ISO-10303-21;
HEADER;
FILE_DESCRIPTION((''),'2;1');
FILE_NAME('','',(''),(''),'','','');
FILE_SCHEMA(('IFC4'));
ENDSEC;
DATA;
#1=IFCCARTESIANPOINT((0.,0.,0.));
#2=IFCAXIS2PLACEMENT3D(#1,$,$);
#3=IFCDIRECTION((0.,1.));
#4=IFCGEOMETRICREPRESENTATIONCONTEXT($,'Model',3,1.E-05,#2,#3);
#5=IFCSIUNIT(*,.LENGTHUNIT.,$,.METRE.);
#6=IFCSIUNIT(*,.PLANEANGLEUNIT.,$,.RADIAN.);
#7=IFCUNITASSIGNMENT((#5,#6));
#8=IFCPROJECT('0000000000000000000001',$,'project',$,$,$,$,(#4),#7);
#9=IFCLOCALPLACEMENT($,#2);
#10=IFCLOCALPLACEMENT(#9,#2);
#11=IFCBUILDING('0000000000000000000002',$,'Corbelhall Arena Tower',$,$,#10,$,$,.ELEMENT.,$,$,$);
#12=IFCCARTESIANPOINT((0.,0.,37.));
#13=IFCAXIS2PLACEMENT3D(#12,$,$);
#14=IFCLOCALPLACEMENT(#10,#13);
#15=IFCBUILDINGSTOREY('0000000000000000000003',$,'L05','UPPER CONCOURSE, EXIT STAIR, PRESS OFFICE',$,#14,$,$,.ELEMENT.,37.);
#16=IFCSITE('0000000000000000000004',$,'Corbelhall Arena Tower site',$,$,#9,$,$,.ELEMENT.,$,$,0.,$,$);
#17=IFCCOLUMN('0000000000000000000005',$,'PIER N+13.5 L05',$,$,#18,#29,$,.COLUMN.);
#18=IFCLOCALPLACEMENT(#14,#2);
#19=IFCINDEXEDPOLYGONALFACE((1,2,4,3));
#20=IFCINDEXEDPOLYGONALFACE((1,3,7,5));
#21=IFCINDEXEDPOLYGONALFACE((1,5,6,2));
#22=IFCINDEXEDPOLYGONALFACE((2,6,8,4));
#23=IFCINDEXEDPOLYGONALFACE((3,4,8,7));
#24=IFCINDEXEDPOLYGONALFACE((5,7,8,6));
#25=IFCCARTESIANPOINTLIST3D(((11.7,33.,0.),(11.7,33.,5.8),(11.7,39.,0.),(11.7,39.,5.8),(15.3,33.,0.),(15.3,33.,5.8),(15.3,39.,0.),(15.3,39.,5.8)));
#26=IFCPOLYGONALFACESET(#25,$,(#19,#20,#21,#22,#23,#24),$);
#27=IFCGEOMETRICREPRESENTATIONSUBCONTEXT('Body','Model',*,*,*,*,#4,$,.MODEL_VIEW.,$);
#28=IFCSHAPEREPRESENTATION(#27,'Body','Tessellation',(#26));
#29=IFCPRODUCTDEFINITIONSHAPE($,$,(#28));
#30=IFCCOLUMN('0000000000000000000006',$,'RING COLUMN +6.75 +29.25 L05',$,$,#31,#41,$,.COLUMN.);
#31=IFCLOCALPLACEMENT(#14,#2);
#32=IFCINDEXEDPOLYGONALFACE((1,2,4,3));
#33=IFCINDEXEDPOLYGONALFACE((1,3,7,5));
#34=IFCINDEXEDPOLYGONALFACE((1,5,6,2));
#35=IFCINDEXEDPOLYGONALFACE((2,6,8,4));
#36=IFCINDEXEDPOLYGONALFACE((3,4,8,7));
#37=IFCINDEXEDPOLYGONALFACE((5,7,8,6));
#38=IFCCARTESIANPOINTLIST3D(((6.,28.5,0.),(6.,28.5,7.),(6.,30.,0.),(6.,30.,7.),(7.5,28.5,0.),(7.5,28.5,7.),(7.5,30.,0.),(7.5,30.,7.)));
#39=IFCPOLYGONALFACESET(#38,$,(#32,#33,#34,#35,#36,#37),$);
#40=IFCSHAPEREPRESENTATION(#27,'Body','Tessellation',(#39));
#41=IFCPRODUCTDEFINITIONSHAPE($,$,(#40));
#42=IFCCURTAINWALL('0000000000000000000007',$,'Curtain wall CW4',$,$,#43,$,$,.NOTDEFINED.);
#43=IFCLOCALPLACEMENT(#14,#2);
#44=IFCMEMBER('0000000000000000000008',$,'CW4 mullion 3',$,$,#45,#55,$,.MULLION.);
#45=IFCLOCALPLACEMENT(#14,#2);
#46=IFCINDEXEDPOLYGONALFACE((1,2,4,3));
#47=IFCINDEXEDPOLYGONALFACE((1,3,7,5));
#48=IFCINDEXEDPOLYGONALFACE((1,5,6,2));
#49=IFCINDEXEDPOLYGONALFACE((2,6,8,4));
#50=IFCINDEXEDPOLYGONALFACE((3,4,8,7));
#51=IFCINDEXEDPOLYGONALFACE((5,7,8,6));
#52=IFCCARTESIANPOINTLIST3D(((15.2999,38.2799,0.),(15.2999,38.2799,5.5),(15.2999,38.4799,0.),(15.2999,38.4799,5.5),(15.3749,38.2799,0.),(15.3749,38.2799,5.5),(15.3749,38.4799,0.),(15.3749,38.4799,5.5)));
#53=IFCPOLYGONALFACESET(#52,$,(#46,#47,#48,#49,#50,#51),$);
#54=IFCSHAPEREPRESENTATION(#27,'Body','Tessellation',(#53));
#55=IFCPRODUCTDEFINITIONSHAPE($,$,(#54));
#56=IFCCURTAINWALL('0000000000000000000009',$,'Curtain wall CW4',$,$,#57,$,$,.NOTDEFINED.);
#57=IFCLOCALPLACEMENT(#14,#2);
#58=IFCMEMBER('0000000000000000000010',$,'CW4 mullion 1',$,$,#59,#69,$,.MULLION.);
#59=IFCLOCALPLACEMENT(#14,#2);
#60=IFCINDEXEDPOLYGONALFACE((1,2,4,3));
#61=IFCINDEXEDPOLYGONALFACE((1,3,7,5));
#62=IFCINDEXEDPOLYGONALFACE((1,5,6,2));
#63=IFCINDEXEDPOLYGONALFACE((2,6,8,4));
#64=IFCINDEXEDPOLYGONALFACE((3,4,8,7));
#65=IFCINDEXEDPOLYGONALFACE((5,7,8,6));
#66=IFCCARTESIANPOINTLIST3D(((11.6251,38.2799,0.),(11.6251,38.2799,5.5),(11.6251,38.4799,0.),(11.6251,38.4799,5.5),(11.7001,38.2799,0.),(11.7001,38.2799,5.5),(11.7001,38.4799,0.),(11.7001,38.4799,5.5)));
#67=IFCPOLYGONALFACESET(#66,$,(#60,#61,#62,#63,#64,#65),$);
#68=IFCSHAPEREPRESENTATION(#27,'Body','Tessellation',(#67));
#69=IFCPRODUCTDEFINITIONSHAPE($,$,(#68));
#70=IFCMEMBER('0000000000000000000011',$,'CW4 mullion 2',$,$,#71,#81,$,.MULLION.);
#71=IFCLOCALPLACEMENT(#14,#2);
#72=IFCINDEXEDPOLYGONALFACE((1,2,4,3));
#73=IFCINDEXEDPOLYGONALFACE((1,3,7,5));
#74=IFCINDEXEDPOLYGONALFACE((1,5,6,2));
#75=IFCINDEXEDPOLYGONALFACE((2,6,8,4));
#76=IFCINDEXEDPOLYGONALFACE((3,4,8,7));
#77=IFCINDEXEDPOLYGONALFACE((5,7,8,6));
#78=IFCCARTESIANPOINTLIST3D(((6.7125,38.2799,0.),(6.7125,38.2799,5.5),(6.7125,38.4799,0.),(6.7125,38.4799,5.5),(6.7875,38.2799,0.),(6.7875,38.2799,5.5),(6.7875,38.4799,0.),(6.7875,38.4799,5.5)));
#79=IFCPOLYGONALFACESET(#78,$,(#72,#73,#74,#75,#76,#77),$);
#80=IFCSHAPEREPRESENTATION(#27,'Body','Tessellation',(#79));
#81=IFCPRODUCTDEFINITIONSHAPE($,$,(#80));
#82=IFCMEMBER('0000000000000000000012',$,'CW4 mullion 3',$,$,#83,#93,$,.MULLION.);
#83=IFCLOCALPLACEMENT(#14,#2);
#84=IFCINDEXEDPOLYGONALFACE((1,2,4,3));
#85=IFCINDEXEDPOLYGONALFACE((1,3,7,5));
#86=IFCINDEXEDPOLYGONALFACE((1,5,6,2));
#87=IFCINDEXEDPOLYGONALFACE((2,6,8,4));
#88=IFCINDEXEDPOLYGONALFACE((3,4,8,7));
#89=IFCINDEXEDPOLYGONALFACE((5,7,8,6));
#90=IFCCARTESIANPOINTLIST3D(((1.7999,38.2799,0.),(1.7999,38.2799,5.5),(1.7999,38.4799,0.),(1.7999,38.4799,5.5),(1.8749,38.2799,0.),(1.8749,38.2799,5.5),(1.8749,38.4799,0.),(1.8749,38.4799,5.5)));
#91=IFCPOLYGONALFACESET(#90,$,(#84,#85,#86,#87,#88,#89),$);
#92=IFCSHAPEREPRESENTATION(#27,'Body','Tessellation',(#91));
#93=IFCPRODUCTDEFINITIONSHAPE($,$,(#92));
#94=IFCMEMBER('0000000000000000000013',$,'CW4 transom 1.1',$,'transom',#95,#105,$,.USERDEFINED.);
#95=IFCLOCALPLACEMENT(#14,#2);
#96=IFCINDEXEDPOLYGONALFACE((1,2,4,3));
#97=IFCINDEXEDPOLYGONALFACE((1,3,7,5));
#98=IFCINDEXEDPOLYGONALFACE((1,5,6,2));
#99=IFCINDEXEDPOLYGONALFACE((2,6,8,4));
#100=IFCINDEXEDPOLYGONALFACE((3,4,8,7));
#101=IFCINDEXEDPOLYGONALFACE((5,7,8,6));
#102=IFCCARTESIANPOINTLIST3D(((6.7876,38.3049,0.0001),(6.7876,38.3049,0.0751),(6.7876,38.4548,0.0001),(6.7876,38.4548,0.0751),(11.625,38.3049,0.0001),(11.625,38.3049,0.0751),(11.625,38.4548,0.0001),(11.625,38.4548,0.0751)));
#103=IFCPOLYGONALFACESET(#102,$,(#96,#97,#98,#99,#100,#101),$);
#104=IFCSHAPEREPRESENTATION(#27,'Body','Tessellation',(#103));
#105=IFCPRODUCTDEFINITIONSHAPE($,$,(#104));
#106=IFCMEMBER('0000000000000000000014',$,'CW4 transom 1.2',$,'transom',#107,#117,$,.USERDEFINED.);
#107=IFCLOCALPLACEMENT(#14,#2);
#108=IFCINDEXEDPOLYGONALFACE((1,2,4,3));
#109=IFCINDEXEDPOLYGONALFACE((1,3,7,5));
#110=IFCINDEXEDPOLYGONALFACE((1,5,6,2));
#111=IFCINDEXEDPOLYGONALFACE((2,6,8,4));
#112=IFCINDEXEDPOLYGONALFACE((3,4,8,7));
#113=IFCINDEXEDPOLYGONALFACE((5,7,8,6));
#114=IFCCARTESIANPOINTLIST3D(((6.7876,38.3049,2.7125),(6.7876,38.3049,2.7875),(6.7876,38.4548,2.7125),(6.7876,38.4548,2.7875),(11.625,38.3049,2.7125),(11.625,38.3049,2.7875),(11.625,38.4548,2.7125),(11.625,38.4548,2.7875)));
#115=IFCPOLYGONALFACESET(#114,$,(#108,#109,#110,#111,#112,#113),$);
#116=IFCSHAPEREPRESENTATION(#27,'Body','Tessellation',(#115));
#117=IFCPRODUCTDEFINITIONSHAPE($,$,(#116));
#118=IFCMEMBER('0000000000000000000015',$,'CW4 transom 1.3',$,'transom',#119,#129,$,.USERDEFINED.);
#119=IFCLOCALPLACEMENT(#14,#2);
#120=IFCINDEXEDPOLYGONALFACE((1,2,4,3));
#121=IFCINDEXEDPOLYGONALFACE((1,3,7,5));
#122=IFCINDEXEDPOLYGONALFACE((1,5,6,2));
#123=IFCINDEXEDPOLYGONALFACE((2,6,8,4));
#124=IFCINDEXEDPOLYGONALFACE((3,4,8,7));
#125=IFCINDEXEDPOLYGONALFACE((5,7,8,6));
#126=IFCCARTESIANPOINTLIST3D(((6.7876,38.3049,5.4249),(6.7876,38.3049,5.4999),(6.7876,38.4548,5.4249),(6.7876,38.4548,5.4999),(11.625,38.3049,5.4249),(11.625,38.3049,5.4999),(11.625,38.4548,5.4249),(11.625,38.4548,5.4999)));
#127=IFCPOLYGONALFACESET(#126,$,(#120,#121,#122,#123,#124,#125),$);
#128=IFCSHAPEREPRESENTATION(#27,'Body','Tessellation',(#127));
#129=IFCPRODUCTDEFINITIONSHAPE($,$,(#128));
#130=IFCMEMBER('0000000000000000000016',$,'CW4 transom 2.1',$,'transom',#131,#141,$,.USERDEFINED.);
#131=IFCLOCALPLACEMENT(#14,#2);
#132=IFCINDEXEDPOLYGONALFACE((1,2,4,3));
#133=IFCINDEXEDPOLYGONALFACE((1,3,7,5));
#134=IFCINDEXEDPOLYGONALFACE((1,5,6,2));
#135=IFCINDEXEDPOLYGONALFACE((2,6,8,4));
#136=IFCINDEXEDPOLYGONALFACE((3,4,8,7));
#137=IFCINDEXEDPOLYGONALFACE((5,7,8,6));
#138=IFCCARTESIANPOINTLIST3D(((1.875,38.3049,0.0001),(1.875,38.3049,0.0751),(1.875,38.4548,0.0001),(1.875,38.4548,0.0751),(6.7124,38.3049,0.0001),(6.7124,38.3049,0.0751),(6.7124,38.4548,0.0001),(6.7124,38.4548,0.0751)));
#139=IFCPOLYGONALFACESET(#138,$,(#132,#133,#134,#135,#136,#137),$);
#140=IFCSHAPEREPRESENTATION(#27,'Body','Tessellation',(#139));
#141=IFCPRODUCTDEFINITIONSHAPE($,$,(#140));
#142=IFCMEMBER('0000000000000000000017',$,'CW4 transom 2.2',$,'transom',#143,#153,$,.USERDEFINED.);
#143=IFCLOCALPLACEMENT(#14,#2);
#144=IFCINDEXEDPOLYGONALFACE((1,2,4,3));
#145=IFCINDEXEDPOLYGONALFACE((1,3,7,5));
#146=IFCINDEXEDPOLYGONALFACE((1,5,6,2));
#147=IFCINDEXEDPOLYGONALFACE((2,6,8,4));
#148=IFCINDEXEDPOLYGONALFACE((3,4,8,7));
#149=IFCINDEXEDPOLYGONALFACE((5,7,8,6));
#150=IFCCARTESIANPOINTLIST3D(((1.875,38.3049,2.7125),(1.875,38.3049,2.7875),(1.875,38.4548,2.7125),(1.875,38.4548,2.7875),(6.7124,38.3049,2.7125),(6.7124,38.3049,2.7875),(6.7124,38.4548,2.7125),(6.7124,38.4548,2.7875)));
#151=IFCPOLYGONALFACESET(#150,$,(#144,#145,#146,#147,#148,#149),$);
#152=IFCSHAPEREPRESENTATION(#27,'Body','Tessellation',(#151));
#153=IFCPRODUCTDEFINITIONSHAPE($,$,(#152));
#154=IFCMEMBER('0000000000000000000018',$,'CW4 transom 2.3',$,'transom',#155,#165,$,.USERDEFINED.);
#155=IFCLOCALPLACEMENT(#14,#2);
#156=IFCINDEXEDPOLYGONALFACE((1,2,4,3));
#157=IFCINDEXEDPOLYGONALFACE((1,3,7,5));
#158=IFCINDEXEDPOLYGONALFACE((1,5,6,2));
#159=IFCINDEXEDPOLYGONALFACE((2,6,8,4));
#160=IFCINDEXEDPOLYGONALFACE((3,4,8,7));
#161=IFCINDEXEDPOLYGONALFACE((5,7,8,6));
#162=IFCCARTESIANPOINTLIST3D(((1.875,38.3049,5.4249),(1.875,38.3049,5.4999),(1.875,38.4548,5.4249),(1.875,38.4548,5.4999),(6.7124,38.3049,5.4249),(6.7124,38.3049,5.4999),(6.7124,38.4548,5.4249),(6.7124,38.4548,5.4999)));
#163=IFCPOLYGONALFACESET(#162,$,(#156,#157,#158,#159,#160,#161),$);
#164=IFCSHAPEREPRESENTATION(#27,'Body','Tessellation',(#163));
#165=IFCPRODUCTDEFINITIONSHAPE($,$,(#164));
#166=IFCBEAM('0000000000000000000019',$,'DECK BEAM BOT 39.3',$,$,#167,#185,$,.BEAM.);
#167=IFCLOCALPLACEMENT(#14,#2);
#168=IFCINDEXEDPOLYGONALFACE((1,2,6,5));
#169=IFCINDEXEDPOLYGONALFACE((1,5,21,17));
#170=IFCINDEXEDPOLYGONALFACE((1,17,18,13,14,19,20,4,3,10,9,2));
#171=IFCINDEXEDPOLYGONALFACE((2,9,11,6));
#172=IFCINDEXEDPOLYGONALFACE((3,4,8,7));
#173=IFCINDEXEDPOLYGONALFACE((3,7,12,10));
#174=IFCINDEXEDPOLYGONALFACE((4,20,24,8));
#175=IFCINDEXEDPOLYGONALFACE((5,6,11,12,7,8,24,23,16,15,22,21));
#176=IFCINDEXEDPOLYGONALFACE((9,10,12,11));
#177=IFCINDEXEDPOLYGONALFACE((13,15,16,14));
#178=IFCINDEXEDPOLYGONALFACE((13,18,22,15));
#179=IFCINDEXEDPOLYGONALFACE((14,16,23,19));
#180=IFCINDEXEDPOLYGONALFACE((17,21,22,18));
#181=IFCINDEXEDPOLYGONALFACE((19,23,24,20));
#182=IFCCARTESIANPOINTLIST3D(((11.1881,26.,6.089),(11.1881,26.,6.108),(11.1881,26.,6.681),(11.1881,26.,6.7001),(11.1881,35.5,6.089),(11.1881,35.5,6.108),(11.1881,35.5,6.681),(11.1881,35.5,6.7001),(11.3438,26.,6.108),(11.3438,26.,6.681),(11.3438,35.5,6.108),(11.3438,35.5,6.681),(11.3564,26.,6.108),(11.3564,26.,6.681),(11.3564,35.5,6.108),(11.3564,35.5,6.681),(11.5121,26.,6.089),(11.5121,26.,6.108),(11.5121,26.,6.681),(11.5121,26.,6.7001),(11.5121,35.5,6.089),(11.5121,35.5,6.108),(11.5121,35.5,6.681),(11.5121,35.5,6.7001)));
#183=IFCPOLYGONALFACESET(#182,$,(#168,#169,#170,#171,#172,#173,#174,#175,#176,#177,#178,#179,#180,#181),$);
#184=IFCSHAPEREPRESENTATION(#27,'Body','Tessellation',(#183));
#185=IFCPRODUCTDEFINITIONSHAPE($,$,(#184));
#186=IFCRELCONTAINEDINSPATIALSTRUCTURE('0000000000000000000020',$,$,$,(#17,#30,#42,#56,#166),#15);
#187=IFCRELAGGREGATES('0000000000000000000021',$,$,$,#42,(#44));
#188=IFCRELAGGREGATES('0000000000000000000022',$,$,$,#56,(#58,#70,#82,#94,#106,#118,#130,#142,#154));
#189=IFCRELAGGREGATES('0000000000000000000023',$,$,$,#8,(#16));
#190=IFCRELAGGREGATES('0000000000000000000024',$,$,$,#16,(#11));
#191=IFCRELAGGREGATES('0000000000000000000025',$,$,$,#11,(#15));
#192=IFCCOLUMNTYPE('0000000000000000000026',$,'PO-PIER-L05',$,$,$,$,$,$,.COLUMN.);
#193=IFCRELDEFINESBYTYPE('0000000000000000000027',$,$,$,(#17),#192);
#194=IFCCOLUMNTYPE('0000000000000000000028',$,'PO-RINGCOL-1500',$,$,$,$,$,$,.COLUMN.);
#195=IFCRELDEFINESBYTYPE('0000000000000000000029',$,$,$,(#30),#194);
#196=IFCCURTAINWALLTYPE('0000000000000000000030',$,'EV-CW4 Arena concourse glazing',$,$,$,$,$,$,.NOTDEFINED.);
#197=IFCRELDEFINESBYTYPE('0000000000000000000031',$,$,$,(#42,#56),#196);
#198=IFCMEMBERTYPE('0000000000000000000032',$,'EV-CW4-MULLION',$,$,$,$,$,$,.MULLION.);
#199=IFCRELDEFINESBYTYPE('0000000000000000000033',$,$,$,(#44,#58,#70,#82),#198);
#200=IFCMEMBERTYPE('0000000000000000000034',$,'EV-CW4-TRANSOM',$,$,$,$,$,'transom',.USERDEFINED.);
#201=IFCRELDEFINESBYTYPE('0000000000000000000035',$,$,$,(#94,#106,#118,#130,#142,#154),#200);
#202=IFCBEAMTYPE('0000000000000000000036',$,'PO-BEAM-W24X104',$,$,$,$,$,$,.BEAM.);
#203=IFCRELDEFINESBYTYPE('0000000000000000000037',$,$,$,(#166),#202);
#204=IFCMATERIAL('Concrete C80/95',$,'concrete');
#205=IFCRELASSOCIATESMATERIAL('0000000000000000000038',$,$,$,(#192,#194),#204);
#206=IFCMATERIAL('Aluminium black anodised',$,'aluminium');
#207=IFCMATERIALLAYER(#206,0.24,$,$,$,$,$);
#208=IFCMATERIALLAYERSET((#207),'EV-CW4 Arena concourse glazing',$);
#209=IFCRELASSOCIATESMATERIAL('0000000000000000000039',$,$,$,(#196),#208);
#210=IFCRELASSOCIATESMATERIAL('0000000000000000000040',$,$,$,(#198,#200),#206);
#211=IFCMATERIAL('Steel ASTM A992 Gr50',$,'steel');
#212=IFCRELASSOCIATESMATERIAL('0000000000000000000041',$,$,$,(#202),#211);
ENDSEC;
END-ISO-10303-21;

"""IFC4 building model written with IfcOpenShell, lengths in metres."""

from ifc_helpers import new_model, si_unit, direction, frame, origin, origin_2d, place, context, subcontext, project, spatial, rectangle, i_section, extrude, material, layer, layer_set, material_profile, profile_set, type_object, element, aggregate, save


model = new_model("IFC4")

# Units and contexts
model_context = context("Model", 3, precision=1e-05, world=origin(), true_north=direction((0.0, 1.0)))
body_context = subcontext(model_context, "Body", "Model", "MODEL_VIEW")
ifc_project = project(units=[si_unit("LENGTHUNIT", "METRE"), si_unit("PLANEANGLEUNIT", "RADIAN")], contexts=[model_context])

# Site, building, storey
site_placement = place(None, origin())
site = spatial("IfcSite", under=ifc_project, at=site_placement, Name="Corbelhall Arena Tower site", CompositionType="ELEMENT", RefElevation=0.0)
building_placement = place(site_placement, origin())
building = spatial("IfcBuilding", under=site, at=building_placement, Name="Corbelhall Arena Tower", CompositionType="ELEMENT")
storey_placement = place(building_placement, frame((0.0, 0.0, 37.0)))
storey = spatial("IfcBuildingStorey", under=building, at=storey_placement, Name="L05", Description="UPPER CONCOURSE, EXIT STAIR, PRESS OFFICE", CompositionType="ELEMENT", Elevation=37.0)

# Columns
ifc_material_1 = material(Name="Concrete C80/95", Category="concrete")
ifc_material_profile_1 = material_profile(ifc_material_1, rectangle(XDim=3.6001, YDim=6.0, at=origin_2d()))
ifc_profile_set_1 = profile_set([ifc_material_profile_1], Name="Concrete C80/95")
column_type_1 = type_object("IfcColumnType", Name="PO-PIER-L05", PredefinedType="COLUMN", material=ifc_profile_set_1)
column_1_placement = place(storey_placement, frame((13.5, 36.0, 0.0), z_axis=(0.0, 0.0, 1.0), x_axis=(1.0, 0.0, 0.0)))
element("IfcColumn", 1, at=column_1_placement, inside=storey, type_object=column_type_1, Name="PIER N+13.5 L05", PredefinedType="COLUMN", context=body_context, shape_type="SweptSolid", body=[
    extrude(rectangle(XDim=3.6001, YDim=6.0, at=origin_2d()), origin(), (0.0, 0.0, 1.0), 5.8),
])
ifc_material_profile_2 = material_profile(ifc_material_1, rectangle(XDim=1.5, YDim=1.5, at=origin_2d()))
ifc_profile_set_2 = profile_set([ifc_material_profile_2], Name="Concrete C80/95")
column_type_2 = type_object("IfcColumnType", Name="PO-RINGCOL-1500", PredefinedType="COLUMN", material=ifc_profile_set_2)
column_2_placement = place(storey_placement, frame((6.75, 29.25, 0.0), z_axis=(0.0, 0.0, 1.0), x_axis=(1.0, 0.0, 0.0)))
element("IfcColumn", 2, at=column_2_placement, inside=storey, type_object=column_type_2, Name="RING COLUMN +6.75 +29.25 L05", PredefinedType="COLUMN", context=body_context, shape_type="SweptSolid", body=[
    extrude(rectangle(XDim=1.5, YDim=1.5, at=origin_2d()), origin(), (0.0, 0.0, 1.0), 7.0),
])

# Curtain wall, member
ifc_material_2 = material(Name="Aluminium black anodised", Category="aluminium")
ifc_layer_1 = layer(ifc_material_2, 0.24)
ifc_layer_set_1 = layer_set([ifc_layer_1], Name="EV-CW4 Arena concourse glazing")
curtain_wall_type = type_object("IfcCurtainWallType", Name="EV-CW4 Arena concourse glazing", PredefinedType="NOTDEFINED", material=ifc_layer_set_1)
curtain_wall_1_placement = place(storey_placement, origin())
curtain_wall_1 = element("IfcCurtainWall", 3, at=curtain_wall_1_placement, inside=storey, type_object=curtain_wall_type, Name="Curtain wall CW4", PredefinedType="NOTDEFINED")
ifc_material_profile_3 = material_profile(ifc_material_2, rectangle(XDim=0.2, YDim=0.075, at=origin_2d()))
ifc_profile_set_3 = profile_set([ifc_material_profile_3], Name="Aluminium black anodised")
member_type_1 = type_object("IfcMemberType", Name="EV-CW4-MULLION", PredefinedType="MULLION", material=ifc_profile_set_3)
member_1_placement = place(storey_placement, frame((15.3374, 38.3799, 0.0), z_axis=(0.0, 0.0, 1.0), x_axis=(0.0, -1.0, 0.0)))
member_1 = element("IfcMember", 4, at=member_1_placement, type_object=member_type_1, Name="CW4 mullion 3", PredefinedType="MULLION", context=body_context, shape_type="SweptSolid", body=[
    extrude(rectangle(XDim=0.2, YDim=0.075, at=origin_2d()), origin(), (0.0, 0.0, 1.0), 5.5),
])
aggregate(curtain_wall_1, [member_1])

# Curtain wall, members
curtain_wall_2_placement = place(storey_placement, origin())
curtain_wall_2 = element("IfcCurtainWall", 5, at=curtain_wall_2_placement, inside=storey, type_object=curtain_wall_type, Name="Curtain wall CW4", PredefinedType="NOTDEFINED")
member_2_placement = place(storey_placement, frame((11.6626, 38.3799, 0.0), z_axis=(0.0, 0.0, 1.0), x_axis=(0.0, -1.0, 0.0)))
member_2 = element("IfcMember", 6, at=member_2_placement, type_object=member_type_1, Name="CW4 mullion 1", PredefinedType="MULLION", context=body_context, shape_type="SweptSolid", body=[
    extrude(rectangle(XDim=0.2, YDim=0.075, at=origin_2d()), origin(), (0.0, 0.0, 1.0), 5.5),
])
member_3_placement = place(storey_placement, frame((6.75, 38.3799, 0.0), z_axis=(0.0, 0.0, 1.0), x_axis=(0.0, -1.0, 0.0)))
member_3 = element("IfcMember", 7, at=member_3_placement, type_object=member_type_1, Name="CW4 mullion 2", PredefinedType="MULLION", context=body_context, shape_type="SweptSolid", body=[
    extrude(rectangle(XDim=0.2, YDim=0.075, at=origin_2d()), origin(), (0.0, 0.0, 1.0), 5.5),
])
member_4_placement = place(storey_placement, frame((1.8374, 38.3799, 0.0), z_axis=(0.0, 0.0, 1.0), x_axis=(0.0, -1.0, 0.0)))
member_4 = element("IfcMember", 8, at=member_4_placement, type_object=member_type_1, Name="CW4 mullion 3", PredefinedType="MULLION", context=body_context, shape_type="SweptSolid", body=[
    extrude(rectangle(XDim=0.2, YDim=0.075, at=origin_2d()), origin(), (0.0, 0.0, 1.0), 5.5),
])
ifc_material_profile_4 = material_profile(ifc_material_2, rectangle(XDim=0.1499, YDim=0.075, at=origin_2d()))
ifc_profile_set_4 = profile_set([ifc_material_profile_4], Name="Aluminium black anodised")
member_type_2 = type_object("IfcMemberType", Name="EV-CW4-TRANSOM", ElementType="transom", PredefinedType="USERDEFINED", material=ifc_profile_set_4)
member_5_placement = place(storey_placement, frame((11.625, 38.3799, 0.0376), z_axis=(-1.0, 0.0, 0.0), x_axis=(0.0, -1.0, 0.0)))
member_5 = element("IfcMember", 9, at=member_5_placement, type_object=member_type_2, Name="CW4 transom 1.1", ObjectType="transom", PredefinedType="USERDEFINED", context=body_context, shape_type="SweptSolid", body=[
    extrude(rectangle(XDim=0.1499, YDim=0.075, at=origin_2d()), origin(), (0.0, 0.0, 1.0), 4.8374),
])
member_6_placement = place(storey_placement, frame((11.625, 38.3799, 2.75), z_axis=(-1.0, 0.0, 0.0), x_axis=(0.0, -1.0, 0.0)))
member_6 = element("IfcMember", 10, at=member_6_placement, type_object=member_type_2, Name="CW4 transom 1.2", ObjectType="transom", PredefinedType="USERDEFINED", context=body_context, shape_type="SweptSolid", body=[
    extrude(rectangle(XDim=0.1499, YDim=0.075, at=origin_2d()), origin(), (0.0, 0.0, 1.0), 4.8374),
])
member_7_placement = place(storey_placement, frame((11.625, 38.3799, 5.4624), z_axis=(-1.0, 0.0, 0.0), x_axis=(0.0, -1.0, 0.0)))
member_7 = element("IfcMember", 11, at=member_7_placement, type_object=member_type_2, Name="CW4 transom 1.3", ObjectType="transom", PredefinedType="USERDEFINED", context=body_context, shape_type="SweptSolid", body=[
    extrude(rectangle(XDim=0.1499, YDim=0.075, at=origin_2d()), origin(), (0.0, 0.0, 1.0), 4.8374),
])
member_8_placement = place(storey_placement, frame((6.7124, 38.3799, 0.0376), z_axis=(-1.0, 0.0, 0.0), x_axis=(0.0, -1.0, 0.0)))
member_8 = element("IfcMember", 12, at=member_8_placement, type_object=member_type_2, Name="CW4 transom 2.1", ObjectType="transom", PredefinedType="USERDEFINED", context=body_context, shape_type="SweptSolid", body=[
    extrude(rectangle(XDim=0.1499, YDim=0.075, at=origin_2d()), origin(), (0.0, 0.0, 1.0), 4.8374),
])
member_9_placement = place(storey_placement, frame((6.7124, 38.3799, 2.75), z_axis=(-1.0, 0.0, 0.0), x_axis=(0.0, -1.0, 0.0)))
member_9 = element("IfcMember", 13, at=member_9_placement, type_object=member_type_2, Name="CW4 transom 2.2", ObjectType="transom", PredefinedType="USERDEFINED", context=body_context, shape_type="SweptSolid", body=[
    extrude(rectangle(XDim=0.1499, YDim=0.075, at=origin_2d()), origin(), (0.0, 0.0, 1.0), 4.8374),
])
member_10_placement = place(storey_placement, frame((6.7124, 38.3799, 5.4624), z_axis=(-1.0, 0.0, 0.0), x_axis=(0.0, -1.0, 0.0)))
member_10 = element("IfcMember", 14, at=member_10_placement, type_object=member_type_2, Name="CW4 transom 2.3", ObjectType="transom", PredefinedType="USERDEFINED", context=body_context, shape_type="SweptSolid", body=[
    extrude(rectangle(XDim=0.1499, YDim=0.075, at=origin_2d()), origin(), (0.0, 0.0, 1.0), 4.8374),
])

# Beam
ifc_material_3 = material(Name="Steel ASTM A992 Gr50", Category="steel")
ifc_material_profile_5 = material_profile(ifc_material_3, i_section(OverallWidth=0.324, OverallDepth=0.6111, WebThickness=0.0127, FlangeThickness=0.019, at=origin_2d()))
ifc_profile_set_5 = profile_set([ifc_material_profile_5], Name="Steel ASTM A992 Gr50")
beam_type = type_object("IfcBeamType", Name="PO-BEAM-W24X104", PredefinedType="BEAM", material=ifc_profile_set_5)
beam_placement = place(storey_placement, frame((11.3501, 26.0, 6.3945), z_axis=(0.0, 1.0, 0.0), x_axis=(-1.0, 0.0, 0.0)))
element("IfcBeam", 15, at=beam_placement, inside=storey, type_object=beam_type, Name="DECK BEAM BOT 39.3", PredefinedType="BEAM", context=body_context, shape_type="SweptSolid", body=[
    extrude(i_section(OverallWidth=0.324, OverallDepth=0.6111, WebThickness=0.0127, FlangeThickness=0.019, at=origin_2d()), origin(), (0.0, 0.0, 1.0), 9.5),
])

aggregate(curtain_wall_2, [member_2, member_3, member_4, member_5, member_6, member_7, member_8, member_9, member_10])

save(model, "model.ifc")
